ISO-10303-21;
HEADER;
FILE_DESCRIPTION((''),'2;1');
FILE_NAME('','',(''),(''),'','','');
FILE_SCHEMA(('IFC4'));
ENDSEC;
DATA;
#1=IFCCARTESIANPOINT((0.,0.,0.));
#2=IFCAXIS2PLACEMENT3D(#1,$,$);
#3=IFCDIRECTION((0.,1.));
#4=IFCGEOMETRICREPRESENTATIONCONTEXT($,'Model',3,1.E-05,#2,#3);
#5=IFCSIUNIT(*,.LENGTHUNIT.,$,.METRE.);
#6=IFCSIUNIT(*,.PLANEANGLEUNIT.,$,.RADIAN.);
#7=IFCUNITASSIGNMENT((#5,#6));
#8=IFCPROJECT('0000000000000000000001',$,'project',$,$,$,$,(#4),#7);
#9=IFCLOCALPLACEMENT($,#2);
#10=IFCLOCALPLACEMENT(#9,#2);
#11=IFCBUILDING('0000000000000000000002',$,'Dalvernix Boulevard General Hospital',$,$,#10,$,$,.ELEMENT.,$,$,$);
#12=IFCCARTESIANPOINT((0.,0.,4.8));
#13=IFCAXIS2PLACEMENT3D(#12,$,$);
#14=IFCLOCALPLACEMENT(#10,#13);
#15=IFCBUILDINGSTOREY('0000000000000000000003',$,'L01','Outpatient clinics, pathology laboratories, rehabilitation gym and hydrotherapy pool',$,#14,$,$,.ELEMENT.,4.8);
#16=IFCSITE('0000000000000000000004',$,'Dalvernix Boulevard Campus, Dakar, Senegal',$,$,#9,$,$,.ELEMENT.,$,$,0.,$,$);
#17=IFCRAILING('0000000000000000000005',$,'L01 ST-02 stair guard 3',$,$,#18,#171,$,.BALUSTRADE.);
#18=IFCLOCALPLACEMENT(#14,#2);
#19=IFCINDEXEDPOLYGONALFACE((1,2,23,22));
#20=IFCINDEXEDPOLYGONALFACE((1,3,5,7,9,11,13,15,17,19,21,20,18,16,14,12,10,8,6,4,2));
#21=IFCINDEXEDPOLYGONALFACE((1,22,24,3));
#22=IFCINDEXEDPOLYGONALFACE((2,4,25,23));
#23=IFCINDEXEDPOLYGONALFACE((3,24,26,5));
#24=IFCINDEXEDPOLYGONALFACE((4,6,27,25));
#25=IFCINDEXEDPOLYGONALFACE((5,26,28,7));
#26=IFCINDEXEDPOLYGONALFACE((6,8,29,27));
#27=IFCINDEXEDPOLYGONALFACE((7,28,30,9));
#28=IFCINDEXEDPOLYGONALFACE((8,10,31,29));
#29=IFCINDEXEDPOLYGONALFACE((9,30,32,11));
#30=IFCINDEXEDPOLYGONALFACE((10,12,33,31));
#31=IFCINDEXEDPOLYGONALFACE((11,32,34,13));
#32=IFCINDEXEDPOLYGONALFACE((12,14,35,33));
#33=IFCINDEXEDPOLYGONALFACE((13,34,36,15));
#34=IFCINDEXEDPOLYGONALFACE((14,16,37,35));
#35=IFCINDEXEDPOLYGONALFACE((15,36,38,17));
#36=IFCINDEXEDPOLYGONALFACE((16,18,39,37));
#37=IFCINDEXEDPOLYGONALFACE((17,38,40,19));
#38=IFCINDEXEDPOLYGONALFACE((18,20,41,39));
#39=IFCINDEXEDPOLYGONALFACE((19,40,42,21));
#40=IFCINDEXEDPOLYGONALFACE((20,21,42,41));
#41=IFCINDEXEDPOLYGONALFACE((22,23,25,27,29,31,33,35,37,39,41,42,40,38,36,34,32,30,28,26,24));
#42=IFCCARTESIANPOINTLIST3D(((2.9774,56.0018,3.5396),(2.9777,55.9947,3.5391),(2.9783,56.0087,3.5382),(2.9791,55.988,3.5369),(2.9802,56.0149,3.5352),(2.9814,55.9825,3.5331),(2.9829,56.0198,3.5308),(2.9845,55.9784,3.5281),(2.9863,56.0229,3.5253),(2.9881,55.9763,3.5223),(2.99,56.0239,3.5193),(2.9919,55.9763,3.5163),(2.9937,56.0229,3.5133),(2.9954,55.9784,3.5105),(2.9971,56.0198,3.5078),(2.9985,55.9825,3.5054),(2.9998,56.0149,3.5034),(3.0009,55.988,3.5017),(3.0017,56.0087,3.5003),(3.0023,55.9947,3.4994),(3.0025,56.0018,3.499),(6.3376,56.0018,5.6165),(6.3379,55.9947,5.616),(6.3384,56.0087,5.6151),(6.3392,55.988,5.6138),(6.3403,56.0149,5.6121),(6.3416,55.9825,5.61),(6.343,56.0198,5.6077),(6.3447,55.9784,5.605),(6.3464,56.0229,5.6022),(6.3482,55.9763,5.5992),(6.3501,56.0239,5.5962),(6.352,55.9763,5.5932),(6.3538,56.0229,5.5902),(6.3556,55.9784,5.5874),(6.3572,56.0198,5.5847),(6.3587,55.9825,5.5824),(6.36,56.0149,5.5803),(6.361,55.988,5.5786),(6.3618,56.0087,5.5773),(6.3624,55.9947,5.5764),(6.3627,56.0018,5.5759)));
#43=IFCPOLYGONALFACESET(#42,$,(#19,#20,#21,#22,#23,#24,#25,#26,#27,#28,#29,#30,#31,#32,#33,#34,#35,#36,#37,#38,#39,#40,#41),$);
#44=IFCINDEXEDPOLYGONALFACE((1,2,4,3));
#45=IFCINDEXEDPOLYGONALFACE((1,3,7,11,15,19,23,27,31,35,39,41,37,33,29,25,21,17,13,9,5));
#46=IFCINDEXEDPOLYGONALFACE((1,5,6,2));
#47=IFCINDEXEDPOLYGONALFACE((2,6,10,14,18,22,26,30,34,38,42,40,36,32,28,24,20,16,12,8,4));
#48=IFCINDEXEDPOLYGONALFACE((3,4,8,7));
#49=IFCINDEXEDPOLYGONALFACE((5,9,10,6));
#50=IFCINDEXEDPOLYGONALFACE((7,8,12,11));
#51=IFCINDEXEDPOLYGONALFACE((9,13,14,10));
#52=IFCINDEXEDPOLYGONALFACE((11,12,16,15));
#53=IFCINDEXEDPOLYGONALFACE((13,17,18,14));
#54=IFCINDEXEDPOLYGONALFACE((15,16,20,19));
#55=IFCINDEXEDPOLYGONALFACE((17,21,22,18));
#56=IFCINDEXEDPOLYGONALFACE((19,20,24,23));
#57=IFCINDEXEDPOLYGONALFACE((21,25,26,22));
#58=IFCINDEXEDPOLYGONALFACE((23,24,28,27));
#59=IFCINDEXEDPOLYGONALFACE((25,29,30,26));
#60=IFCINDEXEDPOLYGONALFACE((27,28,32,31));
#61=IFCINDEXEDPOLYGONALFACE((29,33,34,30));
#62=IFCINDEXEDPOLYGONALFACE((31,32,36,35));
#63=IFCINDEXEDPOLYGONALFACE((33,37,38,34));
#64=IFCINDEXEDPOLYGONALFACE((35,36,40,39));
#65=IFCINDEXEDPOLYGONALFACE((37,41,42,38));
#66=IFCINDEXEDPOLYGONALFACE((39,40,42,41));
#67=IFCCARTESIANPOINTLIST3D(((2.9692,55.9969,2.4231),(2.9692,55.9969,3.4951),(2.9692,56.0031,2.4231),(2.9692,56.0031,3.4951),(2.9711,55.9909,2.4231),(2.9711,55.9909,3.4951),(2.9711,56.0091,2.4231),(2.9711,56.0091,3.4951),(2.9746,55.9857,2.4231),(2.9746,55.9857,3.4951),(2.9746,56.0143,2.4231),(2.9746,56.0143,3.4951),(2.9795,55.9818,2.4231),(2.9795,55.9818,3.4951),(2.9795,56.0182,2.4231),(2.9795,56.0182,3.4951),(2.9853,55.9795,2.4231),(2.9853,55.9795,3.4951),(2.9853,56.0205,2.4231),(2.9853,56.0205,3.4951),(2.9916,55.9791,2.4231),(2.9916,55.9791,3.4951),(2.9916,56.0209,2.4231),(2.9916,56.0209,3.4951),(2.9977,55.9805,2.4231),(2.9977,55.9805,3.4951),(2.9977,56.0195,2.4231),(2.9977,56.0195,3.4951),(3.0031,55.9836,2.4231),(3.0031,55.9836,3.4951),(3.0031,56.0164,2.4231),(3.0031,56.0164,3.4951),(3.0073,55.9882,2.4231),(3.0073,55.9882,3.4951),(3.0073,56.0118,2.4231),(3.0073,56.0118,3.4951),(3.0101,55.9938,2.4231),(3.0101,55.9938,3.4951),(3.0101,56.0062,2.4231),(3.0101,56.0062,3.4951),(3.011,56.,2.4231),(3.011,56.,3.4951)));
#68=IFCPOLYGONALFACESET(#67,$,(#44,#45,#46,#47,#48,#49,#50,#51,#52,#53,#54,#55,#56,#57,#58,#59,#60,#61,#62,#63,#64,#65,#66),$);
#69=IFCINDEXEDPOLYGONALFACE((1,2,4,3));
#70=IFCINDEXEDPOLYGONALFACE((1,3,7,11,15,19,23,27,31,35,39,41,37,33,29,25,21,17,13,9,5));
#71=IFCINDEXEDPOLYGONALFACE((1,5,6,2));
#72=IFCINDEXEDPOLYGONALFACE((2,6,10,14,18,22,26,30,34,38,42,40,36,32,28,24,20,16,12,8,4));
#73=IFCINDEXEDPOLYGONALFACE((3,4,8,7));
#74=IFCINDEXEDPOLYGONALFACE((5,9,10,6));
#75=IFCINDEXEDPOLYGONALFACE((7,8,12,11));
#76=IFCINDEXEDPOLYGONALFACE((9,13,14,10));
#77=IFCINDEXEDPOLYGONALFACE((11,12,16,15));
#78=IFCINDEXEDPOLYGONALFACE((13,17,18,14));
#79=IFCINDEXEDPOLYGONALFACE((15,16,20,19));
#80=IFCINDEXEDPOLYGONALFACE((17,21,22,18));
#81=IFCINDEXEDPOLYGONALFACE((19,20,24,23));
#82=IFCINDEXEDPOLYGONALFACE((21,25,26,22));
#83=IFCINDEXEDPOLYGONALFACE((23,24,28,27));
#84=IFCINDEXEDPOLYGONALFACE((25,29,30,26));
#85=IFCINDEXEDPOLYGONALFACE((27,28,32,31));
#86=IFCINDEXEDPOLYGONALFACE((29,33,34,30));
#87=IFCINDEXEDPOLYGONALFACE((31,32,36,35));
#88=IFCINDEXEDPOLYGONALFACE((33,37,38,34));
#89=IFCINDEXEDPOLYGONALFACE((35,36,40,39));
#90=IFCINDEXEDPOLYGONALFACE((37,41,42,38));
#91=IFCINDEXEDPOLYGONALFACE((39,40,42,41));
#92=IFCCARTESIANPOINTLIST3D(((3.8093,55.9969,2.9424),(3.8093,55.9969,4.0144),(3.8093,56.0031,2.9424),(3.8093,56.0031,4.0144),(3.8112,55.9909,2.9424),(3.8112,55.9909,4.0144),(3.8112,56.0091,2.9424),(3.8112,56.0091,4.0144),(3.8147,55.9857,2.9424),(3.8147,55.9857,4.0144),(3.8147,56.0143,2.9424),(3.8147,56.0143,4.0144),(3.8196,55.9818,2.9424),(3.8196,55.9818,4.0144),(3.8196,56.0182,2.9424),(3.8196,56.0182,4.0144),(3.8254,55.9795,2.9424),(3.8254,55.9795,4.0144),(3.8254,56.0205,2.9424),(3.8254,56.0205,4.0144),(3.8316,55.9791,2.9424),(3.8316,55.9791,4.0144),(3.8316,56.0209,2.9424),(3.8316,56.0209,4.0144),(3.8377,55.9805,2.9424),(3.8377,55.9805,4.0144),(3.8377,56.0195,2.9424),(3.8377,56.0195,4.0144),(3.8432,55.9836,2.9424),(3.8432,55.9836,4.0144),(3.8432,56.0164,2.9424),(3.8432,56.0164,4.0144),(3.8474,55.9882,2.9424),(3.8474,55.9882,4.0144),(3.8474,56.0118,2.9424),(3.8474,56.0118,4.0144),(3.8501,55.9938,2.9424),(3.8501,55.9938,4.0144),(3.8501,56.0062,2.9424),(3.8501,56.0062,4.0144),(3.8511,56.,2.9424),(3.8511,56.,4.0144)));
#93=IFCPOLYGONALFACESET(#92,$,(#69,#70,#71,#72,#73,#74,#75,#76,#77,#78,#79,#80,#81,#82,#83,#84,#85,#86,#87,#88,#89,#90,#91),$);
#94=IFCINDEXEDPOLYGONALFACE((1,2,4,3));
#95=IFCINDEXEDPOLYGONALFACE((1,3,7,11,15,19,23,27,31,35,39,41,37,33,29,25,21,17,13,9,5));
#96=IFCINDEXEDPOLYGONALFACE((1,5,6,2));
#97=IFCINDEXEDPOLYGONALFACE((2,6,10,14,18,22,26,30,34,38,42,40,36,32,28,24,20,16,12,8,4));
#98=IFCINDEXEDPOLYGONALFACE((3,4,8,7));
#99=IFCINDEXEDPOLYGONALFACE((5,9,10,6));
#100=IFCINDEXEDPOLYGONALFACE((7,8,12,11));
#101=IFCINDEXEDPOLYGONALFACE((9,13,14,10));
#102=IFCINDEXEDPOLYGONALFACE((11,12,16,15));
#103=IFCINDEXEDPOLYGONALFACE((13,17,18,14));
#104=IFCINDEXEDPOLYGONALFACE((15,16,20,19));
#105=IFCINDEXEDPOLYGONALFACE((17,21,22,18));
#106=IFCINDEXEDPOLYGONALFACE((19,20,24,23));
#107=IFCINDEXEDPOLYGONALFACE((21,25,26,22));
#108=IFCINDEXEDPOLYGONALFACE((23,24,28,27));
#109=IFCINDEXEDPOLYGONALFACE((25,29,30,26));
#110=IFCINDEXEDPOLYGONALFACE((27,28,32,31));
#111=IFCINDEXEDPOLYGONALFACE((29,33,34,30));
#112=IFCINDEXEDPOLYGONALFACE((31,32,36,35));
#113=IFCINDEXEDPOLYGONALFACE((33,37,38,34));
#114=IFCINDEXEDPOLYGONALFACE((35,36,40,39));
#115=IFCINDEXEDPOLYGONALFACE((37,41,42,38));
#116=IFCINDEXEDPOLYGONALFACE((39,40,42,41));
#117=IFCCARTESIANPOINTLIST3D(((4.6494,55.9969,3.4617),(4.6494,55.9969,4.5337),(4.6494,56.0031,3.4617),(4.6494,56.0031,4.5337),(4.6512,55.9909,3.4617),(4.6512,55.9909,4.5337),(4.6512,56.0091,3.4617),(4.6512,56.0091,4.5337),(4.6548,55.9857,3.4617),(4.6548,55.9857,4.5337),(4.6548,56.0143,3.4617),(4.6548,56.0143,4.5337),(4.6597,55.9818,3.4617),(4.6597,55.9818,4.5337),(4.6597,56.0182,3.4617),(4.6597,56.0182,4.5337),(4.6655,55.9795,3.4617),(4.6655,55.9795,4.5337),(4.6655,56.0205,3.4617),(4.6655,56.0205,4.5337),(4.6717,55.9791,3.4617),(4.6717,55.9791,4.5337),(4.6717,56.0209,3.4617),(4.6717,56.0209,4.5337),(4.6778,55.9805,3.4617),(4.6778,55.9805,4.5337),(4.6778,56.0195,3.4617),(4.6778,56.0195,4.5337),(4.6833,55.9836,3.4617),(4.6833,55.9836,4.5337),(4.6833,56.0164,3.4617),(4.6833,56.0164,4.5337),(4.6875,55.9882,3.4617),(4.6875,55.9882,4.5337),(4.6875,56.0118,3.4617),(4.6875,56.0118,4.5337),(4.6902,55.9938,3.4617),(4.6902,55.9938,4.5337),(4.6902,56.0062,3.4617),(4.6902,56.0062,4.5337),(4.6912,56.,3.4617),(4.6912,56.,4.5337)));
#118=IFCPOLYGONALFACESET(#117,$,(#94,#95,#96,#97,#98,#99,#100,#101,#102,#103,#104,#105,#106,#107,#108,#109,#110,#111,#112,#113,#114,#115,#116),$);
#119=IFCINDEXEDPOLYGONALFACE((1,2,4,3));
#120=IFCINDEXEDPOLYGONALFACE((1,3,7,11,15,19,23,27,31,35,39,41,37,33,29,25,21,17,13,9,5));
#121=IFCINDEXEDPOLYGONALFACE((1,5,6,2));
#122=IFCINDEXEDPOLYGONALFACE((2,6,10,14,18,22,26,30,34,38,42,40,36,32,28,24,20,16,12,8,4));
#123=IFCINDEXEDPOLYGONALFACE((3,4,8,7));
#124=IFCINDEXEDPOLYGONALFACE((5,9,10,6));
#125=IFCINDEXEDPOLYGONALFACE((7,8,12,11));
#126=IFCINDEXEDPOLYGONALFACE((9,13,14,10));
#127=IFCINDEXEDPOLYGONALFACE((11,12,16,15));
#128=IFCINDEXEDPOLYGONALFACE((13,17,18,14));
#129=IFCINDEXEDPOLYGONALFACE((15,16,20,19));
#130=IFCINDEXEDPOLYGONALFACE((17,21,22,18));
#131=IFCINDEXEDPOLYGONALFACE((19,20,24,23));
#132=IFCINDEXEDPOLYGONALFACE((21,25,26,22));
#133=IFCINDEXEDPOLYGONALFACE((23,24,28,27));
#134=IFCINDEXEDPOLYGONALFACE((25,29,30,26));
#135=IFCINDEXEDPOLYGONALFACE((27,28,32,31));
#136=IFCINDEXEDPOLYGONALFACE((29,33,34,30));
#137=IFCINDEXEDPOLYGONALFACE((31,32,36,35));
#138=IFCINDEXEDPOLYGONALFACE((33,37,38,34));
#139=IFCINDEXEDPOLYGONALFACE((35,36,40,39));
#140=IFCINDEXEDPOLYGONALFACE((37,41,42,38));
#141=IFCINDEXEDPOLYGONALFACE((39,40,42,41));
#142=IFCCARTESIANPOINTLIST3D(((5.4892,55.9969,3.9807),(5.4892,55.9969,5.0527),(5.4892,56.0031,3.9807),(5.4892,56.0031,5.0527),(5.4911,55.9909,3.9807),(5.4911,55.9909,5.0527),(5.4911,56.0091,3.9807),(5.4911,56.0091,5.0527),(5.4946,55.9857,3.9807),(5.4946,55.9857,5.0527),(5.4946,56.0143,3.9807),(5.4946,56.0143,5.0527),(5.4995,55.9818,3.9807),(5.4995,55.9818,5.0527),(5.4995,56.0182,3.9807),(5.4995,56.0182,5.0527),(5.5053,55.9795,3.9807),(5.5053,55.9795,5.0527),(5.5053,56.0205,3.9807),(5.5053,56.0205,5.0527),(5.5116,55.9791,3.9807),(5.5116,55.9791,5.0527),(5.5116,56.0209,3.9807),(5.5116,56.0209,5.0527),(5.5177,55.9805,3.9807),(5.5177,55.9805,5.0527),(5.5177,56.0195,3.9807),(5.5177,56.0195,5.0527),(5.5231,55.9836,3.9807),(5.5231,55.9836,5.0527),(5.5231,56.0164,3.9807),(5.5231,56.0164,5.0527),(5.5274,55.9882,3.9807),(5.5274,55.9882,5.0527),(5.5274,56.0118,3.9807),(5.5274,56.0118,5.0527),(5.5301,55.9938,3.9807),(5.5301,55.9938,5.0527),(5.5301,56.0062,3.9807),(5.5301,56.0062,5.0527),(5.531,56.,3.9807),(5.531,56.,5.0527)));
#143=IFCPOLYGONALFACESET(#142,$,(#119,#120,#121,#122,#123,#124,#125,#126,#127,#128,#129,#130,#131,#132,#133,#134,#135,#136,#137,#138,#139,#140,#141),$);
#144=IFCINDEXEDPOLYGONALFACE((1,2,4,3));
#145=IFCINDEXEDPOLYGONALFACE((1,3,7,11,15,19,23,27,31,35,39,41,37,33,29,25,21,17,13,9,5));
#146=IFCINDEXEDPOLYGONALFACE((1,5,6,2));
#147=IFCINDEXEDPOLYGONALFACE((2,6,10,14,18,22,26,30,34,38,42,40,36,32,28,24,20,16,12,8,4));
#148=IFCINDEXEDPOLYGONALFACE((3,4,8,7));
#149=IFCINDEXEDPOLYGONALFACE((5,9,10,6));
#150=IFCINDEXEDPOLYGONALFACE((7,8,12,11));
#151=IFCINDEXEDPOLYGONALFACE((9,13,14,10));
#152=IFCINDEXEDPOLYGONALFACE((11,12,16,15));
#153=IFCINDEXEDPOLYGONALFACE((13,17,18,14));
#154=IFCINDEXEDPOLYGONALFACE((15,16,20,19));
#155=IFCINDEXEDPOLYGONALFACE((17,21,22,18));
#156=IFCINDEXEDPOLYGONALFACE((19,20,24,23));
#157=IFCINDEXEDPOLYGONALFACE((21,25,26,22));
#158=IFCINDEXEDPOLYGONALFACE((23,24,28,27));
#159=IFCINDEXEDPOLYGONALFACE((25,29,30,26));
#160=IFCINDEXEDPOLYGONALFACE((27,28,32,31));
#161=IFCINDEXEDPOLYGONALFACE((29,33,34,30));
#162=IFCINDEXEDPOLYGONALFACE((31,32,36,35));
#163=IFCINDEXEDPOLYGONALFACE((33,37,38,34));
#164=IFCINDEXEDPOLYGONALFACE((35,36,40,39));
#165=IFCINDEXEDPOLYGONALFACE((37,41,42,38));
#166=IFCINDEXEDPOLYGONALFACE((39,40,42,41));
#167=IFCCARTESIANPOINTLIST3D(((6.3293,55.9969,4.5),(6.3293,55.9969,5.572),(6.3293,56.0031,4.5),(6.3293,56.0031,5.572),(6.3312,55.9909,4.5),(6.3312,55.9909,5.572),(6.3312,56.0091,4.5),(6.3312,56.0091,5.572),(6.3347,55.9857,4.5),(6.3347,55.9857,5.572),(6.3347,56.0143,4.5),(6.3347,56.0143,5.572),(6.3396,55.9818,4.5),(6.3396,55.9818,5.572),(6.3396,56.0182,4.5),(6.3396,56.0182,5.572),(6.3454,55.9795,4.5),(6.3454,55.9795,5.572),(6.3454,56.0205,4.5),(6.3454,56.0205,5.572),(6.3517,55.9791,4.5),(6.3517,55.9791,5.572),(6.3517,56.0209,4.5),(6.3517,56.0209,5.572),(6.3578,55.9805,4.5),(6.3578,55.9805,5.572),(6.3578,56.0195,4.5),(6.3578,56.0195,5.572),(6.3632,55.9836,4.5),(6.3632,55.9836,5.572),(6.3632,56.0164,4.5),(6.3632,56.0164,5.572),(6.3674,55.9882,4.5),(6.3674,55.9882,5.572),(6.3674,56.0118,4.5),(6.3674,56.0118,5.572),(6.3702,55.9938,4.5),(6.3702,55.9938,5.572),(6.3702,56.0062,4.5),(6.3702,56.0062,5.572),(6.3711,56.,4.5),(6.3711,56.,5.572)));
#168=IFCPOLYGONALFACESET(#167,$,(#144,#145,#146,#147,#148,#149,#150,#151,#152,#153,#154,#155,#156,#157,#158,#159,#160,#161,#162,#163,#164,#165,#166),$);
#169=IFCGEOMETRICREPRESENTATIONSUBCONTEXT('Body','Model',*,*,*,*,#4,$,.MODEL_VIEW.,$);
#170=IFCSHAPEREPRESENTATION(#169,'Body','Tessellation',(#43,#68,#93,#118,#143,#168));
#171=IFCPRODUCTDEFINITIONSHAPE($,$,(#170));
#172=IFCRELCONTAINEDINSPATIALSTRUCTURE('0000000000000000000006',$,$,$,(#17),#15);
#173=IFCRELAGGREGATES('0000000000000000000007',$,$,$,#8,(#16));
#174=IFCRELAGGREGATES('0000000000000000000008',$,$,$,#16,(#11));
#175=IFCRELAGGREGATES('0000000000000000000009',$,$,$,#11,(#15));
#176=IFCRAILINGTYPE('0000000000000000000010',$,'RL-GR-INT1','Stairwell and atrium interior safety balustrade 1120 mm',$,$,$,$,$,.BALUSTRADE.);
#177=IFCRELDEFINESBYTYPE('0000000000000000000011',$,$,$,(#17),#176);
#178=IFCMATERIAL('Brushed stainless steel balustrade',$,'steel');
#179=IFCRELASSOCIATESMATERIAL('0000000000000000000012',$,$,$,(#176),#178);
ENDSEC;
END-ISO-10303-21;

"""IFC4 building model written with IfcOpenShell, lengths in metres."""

from ifc_helpers import new_model, si_unit, direction, frame, origin, origin_2d, place, context, subcontext, project, spatial, circle, extrude, material, type_object, element, save


model = new_model("IFC4")

# Units and contexts
model_context = context("Model", 3, precision=1e-05, world=origin(), true_north=direction((0.0, 1.0)))
body_context = subcontext(model_context, "Body", "Model", "MODEL_VIEW")
ifc_project = project(units=[si_unit("LENGTHUNIT", "METRE"), si_unit("PLANEANGLEUNIT", "RADIAN")], contexts=[model_context])

# Site, building, storey
site_placement = place(None, origin())
site = spatial("IfcSite", under=ifc_project, at=site_placement, Name="Dalvernix Boulevard Campus, Dakar, Senegal", CompositionType="ELEMENT", RefElevation=0.0)
building_placement = place(site_placement, origin())
building = spatial("IfcBuilding", under=site, at=building_placement, Name="Dalvernix Boulevard General Hospital", CompositionType="ELEMENT")
storey_placement = place(building_placement, frame((0.0, 0.0, 4.8)))
storey = spatial("IfcBuildingStorey", under=building, at=storey_placement, Name="L01", Description="Outpatient clinics, pathology laboratories, rehabilitation gym and hydrotherapy pool", CompositionType="ELEMENT", Elevation=4.8)

# Railing
ifc_material_1 = material(Name="Brushed stainless steel balustrade", Category="steel")
railing_type_1 = type_object("IfcRailingType", Name="RL-GR-INT1", Description="Stairwell and atrium interior safety balustrade 1120 mm", PredefinedType="BALUSTRADE", material=ifc_material_1)
railing_1_placement = place(storey_placement, frame((2.99, 56.0, 2.4231)))
element("IfcRailing", 1, at=railing_1_placement, inside=storey, type_object=railing_type_1, Name="L01 ST-02 stair guard 3", PredefinedType="BALUSTRADE", context=body_context, shape_type="SweptSolid", body=[
    extrude(circle(Radius=0.0239, at=origin_2d()), frame((0.0, 0.0, 1.0962), z_axis=(0.850623, 0.0, 0.525776), x_axis=(0.0, 1.0, 0.0)), (0.0, 0.0, 1.0), 3.9502),
    extrude(circle(Radius=0.021, at=origin_2d()), origin(), (0.0, 0.0, 1.0), 1.072),
    extrude(circle(Radius=0.021, at=origin_2d()), frame((0.8401, 0.0, 0.5193)), (0.0, 0.0, 1.0), 1.072),
    extrude(circle(Radius=0.021, at=origin_2d()), frame((1.6802, 0.0, 1.0386)), (0.0, 0.0, 1.0), 1.072),
    extrude(circle(Radius=0.021, at=origin_2d()), frame((2.52, 0.0, 1.5576)), (0.0, 0.0, 1.0), 1.072),
    extrude(circle(Radius=0.021, at=origin_2d()), frame((3.3601, 0.0, 2.0769)), (0.0, 0.0, 1.0), 1.072),
])

save(model, "model.ifc")
